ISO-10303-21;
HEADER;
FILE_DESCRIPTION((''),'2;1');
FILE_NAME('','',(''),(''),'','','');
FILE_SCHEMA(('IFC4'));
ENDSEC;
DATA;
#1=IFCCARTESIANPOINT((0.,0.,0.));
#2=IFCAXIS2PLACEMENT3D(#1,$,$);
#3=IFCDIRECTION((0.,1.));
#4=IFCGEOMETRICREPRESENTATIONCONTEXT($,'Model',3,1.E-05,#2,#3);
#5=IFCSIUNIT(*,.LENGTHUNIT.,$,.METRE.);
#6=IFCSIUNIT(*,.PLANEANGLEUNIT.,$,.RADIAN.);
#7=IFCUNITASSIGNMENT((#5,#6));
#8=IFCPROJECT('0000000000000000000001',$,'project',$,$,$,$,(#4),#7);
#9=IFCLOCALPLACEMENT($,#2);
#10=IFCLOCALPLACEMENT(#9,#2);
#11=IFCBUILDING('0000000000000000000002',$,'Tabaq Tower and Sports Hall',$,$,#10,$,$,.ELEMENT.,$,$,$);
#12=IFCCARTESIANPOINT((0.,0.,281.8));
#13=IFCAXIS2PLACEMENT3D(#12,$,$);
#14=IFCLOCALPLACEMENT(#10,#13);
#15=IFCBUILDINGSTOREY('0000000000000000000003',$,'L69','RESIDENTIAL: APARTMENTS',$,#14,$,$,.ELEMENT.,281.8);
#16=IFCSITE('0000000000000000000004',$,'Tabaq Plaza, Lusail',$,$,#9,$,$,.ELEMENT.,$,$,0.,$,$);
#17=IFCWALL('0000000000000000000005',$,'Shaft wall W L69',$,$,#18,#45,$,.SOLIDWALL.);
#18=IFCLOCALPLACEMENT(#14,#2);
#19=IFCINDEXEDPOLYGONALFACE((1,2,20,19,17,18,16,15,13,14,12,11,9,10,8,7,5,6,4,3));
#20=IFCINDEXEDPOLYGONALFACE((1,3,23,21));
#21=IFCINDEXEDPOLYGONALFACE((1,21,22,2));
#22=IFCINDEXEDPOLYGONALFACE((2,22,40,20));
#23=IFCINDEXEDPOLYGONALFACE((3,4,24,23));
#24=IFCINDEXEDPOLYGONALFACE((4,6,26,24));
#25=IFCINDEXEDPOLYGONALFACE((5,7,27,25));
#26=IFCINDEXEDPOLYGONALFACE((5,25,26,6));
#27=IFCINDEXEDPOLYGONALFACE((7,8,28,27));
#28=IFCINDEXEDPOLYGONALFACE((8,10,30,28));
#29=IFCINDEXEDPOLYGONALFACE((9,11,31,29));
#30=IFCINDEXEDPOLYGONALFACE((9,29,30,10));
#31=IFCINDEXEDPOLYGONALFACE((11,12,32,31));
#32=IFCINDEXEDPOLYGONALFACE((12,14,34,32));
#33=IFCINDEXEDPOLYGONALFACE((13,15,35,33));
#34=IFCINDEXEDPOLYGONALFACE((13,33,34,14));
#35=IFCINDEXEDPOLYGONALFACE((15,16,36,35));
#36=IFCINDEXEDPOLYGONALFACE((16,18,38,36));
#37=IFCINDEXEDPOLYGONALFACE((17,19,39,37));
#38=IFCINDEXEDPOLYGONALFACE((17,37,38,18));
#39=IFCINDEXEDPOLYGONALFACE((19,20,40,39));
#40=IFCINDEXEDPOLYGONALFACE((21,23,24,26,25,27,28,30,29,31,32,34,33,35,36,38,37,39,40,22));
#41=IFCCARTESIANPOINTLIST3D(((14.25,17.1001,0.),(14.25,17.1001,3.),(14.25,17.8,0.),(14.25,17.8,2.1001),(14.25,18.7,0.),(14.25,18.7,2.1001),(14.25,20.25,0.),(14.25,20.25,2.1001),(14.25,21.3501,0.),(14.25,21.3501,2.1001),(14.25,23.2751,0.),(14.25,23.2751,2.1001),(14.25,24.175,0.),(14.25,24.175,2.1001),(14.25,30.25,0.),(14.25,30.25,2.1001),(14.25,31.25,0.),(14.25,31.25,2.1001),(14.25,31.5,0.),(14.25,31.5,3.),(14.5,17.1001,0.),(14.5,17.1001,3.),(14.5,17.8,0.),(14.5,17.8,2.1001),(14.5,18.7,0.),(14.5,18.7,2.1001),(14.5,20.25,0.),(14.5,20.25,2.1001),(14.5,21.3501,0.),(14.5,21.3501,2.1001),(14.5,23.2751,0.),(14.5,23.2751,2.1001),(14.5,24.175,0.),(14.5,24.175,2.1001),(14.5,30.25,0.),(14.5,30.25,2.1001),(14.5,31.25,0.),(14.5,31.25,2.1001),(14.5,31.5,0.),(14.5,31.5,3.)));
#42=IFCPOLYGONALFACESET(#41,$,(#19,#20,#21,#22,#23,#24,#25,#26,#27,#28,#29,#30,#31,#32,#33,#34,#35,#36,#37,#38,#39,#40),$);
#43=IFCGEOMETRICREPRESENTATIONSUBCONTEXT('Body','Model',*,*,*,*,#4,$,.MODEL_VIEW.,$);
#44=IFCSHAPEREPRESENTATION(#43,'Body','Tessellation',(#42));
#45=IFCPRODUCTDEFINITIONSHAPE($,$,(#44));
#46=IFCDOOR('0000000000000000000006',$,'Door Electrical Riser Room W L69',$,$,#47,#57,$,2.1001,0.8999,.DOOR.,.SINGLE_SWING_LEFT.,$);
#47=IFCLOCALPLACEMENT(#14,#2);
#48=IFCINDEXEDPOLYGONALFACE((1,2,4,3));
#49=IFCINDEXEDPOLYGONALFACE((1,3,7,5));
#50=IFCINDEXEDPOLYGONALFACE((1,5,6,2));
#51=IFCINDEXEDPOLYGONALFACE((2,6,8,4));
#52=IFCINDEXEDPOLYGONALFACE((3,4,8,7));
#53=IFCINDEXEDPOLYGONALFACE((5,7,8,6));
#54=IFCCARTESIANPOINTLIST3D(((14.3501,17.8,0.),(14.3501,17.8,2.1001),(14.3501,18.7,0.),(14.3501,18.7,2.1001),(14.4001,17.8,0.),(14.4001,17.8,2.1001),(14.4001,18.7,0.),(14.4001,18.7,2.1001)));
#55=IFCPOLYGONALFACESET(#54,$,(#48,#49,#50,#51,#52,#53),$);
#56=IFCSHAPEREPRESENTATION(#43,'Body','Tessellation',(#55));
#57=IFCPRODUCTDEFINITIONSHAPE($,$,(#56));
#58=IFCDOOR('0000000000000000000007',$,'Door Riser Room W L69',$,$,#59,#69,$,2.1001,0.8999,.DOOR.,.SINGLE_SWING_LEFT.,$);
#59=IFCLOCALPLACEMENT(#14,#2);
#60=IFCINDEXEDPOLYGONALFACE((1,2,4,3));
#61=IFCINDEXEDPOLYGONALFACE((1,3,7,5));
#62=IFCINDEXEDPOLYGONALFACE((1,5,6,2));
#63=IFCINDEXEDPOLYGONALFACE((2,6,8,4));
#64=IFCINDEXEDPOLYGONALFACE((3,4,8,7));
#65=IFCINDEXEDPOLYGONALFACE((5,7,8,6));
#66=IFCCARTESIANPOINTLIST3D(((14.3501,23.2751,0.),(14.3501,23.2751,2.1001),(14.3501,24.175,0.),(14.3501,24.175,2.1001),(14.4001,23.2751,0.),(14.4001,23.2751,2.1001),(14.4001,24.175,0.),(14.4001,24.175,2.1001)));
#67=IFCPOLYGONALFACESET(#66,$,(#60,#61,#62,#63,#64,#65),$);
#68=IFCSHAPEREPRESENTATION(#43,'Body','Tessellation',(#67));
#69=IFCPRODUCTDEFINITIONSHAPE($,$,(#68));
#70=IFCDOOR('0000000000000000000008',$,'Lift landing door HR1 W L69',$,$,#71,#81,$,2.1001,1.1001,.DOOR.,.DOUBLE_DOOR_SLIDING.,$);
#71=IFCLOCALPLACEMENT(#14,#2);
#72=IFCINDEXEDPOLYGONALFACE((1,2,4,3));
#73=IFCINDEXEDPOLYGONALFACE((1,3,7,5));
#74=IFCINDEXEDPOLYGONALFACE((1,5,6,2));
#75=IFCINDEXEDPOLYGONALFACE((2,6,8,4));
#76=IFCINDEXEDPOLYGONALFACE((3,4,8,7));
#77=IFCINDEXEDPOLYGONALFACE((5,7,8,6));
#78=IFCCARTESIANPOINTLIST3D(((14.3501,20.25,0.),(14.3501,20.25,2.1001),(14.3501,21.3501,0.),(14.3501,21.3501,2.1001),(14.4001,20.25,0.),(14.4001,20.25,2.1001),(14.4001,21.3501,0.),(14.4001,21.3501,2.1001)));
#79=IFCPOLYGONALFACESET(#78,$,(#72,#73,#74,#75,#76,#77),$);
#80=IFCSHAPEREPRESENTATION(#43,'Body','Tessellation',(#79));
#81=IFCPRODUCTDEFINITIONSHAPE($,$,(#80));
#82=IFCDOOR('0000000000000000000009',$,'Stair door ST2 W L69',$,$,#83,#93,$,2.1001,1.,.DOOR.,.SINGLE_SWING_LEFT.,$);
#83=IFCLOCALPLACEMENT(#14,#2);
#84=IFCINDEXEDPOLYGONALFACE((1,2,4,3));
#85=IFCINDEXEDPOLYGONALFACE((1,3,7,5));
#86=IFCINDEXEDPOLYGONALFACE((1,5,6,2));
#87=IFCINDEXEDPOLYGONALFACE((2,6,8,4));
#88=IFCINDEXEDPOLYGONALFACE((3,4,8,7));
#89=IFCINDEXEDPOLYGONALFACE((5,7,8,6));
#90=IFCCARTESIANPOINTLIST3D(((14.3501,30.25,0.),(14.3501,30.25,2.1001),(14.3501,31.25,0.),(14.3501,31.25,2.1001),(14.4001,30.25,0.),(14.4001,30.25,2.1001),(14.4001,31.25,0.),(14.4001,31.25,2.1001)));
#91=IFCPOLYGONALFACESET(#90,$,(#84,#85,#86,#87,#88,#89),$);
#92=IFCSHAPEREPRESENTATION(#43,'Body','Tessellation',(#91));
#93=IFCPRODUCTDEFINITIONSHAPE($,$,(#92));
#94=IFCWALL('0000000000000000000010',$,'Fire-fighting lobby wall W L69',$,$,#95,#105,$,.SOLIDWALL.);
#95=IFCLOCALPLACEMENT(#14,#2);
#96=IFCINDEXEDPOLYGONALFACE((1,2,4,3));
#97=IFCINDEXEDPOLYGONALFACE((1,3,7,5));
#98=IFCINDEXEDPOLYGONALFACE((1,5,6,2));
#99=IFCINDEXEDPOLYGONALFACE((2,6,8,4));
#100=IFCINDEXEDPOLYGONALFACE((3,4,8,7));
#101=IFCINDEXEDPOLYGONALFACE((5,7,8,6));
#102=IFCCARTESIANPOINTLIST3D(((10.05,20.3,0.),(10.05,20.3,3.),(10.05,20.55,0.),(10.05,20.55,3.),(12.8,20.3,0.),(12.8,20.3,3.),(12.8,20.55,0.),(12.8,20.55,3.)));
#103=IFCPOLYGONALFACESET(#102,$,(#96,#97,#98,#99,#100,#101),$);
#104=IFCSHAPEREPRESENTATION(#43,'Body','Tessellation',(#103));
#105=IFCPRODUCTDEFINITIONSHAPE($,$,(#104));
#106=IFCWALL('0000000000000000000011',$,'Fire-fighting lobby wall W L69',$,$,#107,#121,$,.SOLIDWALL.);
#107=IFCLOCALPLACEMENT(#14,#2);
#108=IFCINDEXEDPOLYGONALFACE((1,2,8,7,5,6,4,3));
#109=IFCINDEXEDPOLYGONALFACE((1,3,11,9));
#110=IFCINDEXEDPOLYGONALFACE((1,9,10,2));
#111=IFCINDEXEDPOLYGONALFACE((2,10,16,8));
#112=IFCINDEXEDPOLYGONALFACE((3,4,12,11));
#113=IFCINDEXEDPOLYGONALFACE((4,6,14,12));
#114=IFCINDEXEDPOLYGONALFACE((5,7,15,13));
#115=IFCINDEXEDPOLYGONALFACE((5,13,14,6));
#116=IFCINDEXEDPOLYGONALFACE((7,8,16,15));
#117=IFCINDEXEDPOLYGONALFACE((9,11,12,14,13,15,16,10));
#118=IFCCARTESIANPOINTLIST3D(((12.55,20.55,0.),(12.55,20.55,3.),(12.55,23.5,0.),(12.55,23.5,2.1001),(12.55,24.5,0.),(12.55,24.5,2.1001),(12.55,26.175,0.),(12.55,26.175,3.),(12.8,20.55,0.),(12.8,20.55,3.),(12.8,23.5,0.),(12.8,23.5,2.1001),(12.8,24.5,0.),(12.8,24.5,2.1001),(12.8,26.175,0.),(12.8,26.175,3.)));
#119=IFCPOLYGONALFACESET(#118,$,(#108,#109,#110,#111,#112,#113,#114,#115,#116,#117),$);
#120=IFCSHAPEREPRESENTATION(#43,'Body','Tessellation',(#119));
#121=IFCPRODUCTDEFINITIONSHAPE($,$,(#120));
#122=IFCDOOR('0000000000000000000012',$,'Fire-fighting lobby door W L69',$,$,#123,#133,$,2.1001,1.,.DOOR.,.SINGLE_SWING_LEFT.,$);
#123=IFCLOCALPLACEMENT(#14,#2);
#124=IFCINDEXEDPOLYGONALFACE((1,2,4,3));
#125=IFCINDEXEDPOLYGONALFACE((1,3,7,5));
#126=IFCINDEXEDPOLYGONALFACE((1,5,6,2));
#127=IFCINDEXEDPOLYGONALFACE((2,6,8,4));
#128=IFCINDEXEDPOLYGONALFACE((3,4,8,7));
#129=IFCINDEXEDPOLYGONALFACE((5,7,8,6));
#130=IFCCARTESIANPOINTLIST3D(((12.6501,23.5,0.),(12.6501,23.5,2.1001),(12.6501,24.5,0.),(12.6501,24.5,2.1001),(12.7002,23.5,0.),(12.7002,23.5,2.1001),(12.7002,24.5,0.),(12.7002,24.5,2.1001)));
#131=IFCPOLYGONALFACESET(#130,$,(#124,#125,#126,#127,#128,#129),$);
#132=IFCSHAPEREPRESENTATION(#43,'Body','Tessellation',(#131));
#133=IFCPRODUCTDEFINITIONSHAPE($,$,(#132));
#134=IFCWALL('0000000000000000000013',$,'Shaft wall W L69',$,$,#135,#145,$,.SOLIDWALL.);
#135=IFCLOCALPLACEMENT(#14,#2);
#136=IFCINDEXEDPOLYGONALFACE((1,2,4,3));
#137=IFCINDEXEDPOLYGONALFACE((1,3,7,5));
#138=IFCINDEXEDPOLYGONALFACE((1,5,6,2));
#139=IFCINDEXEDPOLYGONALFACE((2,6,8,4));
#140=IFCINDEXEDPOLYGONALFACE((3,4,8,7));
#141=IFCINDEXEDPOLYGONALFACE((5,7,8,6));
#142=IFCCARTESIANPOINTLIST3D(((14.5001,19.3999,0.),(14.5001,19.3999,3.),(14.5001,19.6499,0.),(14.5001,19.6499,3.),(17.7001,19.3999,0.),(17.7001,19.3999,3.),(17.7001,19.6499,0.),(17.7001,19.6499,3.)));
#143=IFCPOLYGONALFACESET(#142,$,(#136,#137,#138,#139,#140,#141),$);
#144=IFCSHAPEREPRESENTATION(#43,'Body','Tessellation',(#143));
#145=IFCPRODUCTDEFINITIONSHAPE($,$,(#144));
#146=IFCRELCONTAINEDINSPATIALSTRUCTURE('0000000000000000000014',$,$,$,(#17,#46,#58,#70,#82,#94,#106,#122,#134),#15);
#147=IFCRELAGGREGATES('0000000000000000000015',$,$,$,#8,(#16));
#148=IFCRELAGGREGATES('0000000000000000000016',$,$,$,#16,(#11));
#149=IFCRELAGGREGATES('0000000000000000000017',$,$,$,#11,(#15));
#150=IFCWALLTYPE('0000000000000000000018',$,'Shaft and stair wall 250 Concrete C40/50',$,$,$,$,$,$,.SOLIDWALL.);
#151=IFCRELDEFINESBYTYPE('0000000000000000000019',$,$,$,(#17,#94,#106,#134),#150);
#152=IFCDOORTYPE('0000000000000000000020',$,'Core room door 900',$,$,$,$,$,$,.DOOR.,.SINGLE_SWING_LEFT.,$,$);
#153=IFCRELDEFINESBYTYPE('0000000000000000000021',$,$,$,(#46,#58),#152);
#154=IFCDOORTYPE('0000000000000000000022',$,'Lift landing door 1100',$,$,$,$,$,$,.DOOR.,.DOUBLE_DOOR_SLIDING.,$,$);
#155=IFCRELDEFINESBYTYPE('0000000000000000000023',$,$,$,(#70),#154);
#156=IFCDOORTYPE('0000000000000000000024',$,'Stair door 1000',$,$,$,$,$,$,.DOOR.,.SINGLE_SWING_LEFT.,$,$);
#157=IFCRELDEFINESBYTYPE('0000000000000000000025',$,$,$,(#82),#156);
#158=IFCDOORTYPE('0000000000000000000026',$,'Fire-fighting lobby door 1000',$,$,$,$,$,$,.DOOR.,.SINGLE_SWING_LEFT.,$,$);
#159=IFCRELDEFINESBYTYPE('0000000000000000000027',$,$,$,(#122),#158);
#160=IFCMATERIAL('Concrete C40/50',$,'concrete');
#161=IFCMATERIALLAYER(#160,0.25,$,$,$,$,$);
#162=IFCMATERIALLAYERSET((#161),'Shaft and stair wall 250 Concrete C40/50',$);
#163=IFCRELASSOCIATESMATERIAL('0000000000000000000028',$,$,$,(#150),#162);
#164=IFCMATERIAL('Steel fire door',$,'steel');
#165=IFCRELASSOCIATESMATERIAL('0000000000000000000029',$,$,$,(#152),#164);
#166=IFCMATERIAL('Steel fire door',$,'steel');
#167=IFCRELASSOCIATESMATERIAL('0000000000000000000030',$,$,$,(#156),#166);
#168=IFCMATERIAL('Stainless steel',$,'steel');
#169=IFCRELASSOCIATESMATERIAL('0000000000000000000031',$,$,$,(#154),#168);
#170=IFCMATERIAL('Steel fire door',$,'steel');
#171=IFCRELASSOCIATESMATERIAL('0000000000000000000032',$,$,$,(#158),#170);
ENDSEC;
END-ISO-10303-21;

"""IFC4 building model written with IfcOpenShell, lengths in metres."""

from ifc_helpers import new_model, si_unit, direction, frame, frame_2d, origin, place, context, subcontext, project, spatial, rectangle, extrude, material, layer, layer_set, type_object, element, fill, save


model = new_model("IFC4")

# Units and contexts
model_context = context("Model", 3, precision=1e-05, world=origin(), true_north=direction((0.0, 1.0)))
body_context = subcontext(model_context, "Body", "Model", "MODEL_VIEW")
ifc_project = project(units=[si_unit("LENGTHUNIT", "METRE"), si_unit("PLANEANGLEUNIT", "RADIAN")], contexts=[model_context])

# Site, building, storey
site_placement = place(None, origin())
site = spatial("IfcSite", under=ifc_project, at=site_placement, Name="Tabaq Plaza, Lusail", CompositionType="ELEMENT", RefElevation=0.0)
building_placement = place(site_placement, origin())
building = spatial("IfcBuilding", under=site, at=building_placement, Name="Tabaq Tower and Sports Hall", CompositionType="ELEMENT")
storey_placement = place(building_placement, frame((0.0, 0.0, 281.8)))
storey = spatial("IfcBuildingStorey", under=building, at=storey_placement, Name="L69", Description="RESIDENTIAL: APARTMENTS", CompositionType="ELEMENT", Elevation=281.8)

# Wall, openings, doors
ifc_material_1 = material(Name="Concrete C40/50", Category="concrete")
ifc_layer_1 = layer(ifc_material_1, 0.25)
ifc_layer_set_1 = layer_set([ifc_layer_1], Name="Shaft and stair wall 250 Concrete C40/50")
wall_type_1 = type_object("IfcWallType", Name="Shaft and stair wall 250 Concrete C40/50", PredefinedType="SOLIDWALL", material=ifc_layer_set_1)
ifc_material_2 = material(Name="Steel fire door", Category="steel")
door_type_1 = type_object("IfcDoorType", Name="Core room door 900", OperationType="SINGLE_SWING_LEFT", PredefinedType="DOOR", material=ifc_material_2)
ifc_material_3 = material(Name="Steel fire door", Category="steel")
door_type_2 = type_object("IfcDoorType", Name="Stair door 1000", OperationType="SINGLE_SWING_LEFT", PredefinedType="DOOR", material=ifc_material_3)
wall_1_placement = place(storey_placement, frame((14.375, 17.1001, 0.0), z_axis=(0.0, 0.0, 1.0), x_axis=(0.0, 1.0, 0.0)))
wall_1 = element("IfcWall", 1, at=wall_1_placement, inside=storey, type_object=wall_type_1, Name="Shaft wall W L69", PredefinedType="SOLIDWALL", context=body_context, shape_type="SweptSolid", body=[
    extrude(rectangle(XDim=14.3999, YDim=0.25, at=frame_2d((7.2, 0.0))), origin(), (0.0, 0.0, 1.0), 3.0),
])
opening_1_placement = place(wall_1_placement, frame((13.1499, 0.0, 0.0)))
opening_1 = element("IfcOpeningElement", 2, at=opening_1_placement, cuts=wall_1, PredefinedType="OPENING", context=body_context, shape_type="SweptSolid", body=[
    extrude(rectangle(XDim=1.0, YDim=2.1001, at=frame_2d((0.5, 1.05))), frame((0.0, 0.125, 0.0), z_axis=(0.0, -1.0, 0.0), x_axis=(1.0, 0.0, 0.0)), (0.0, 0.0, 1.0), 0.25),
])
opening_2_placement = place(wall_1_placement, frame((3.1499, 0.0, 0.0)))
opening_2 = element("IfcOpeningElement", 3, at=opening_2_placement, cuts=wall_1, PredefinedType="OPENING", context=body_context, shape_type="SweptSolid", body=[
    extrude(rectangle(XDim=1.1001, YDim=2.1001, at=frame_2d((0.55, 1.05))), frame((0.0, 0.125, 0.0), z_axis=(0.0, -1.0, 0.0), x_axis=(1.0, 0.0, 0.0)), (0.0, 0.0, 1.0), 0.25),
])
opening_3_placement = place(wall_1_placement, frame((0.7, 0.0, 0.0)))
opening_3 = element("IfcOpeningElement", 4, at=opening_3_placement, cuts=wall_1, PredefinedType="OPENING", context=body_context, shape_type="SweptSolid", body=[
    extrude(rectangle(XDim=0.8999, YDim=2.1001, at=frame_2d((0.45, 1.05))), frame((0.0, 0.125, 0.0), z_axis=(0.0, -1.0, 0.0), x_axis=(1.0, 0.0, 0.0)), (0.0, 0.0, 1.0), 0.25),
])
opening_4_placement = place(wall_1_placement, frame((6.175, 0.0, 0.0)))
opening_4 = element("IfcOpeningElement", 5, at=opening_4_placement, cuts=wall_1, PredefinedType="OPENING", context=body_context, shape_type="SweptSolid", body=[
    extrude(rectangle(XDim=0.8999, YDim=2.1001, at=frame_2d((0.45, 1.05))), frame((0.0, 0.125, 0.0), z_axis=(0.0, -1.0, 0.0), x_axis=(1.0, 0.0, 0.0)), (0.0, 0.0, 1.0), 0.25),
])
door_1_placement = place(opening_3_placement, origin())
door_1 = element("IfcDoor", 6, at=door_1_placement, inside=storey, type_object=door_type_1, Name="Door Electrical Riser Room W L69", OperationType="SINGLE_SWING_LEFT", OverallHeight=2.1001, OverallWidth=0.8999, PredefinedType="DOOR", context=body_context, shape_type="SweptSolid", body=[
    extrude(rectangle(XDim=0.8999, YDim=2.1001, at=frame_2d((0.45, 1.05))), frame((0.0, 0.0249, 0.0), z_axis=(0.0, -1.0, 0.0), x_axis=(1.0, 0.0, 0.0)), (0.0, 0.0, 1.0), 0.05),
])
fill(opening_3, door_1)
door_2_placement = place(opening_4_placement, origin())
door_2 = element("IfcDoor", 7, at=door_2_placement, inside=storey, type_object=door_type_1, Name="Door Riser Room W L69", OperationType="SINGLE_SWING_LEFT", OverallHeight=2.1001, OverallWidth=0.8999, PredefinedType="DOOR", context=body_context, shape_type="SweptSolid", body=[
    extrude(rectangle(XDim=0.8999, YDim=2.1001, at=frame_2d((0.45, 1.05))), frame((0.0, 0.0249, 0.0), z_axis=(0.0, -1.0, 0.0), x_axis=(1.0, 0.0, 0.0)), (0.0, 0.0, 1.0), 0.05),
])
fill(opening_4, door_2)
ifc_material_4 = material(Name="Stainless steel", Category="steel")
door_type_3 = type_object("IfcDoorType", Name="Lift landing door 1100", OperationType="DOUBLE_DOOR_SLIDING", PredefinedType="DOOR", material=ifc_material_4)
door_3_placement = place(opening_2_placement, origin())
door_3 = element("IfcDoor", 8, at=door_3_placement, inside=storey, type_object=door_type_3, Name="Lift landing door HR1 W L69", OperationType="DOUBLE_DOOR_SLIDING", OverallHeight=2.1001, OverallWidth=1.1001, PredefinedType="DOOR", context=body_context, shape_type="SweptSolid", body=[
    extrude(rectangle(XDim=1.1001, YDim=2.1001, at=frame_2d((0.55, 1.05))), frame((0.0, 0.0249, 0.0), z_axis=(0.0, -1.0, 0.0), x_axis=(1.0, 0.0, 0.0)), (0.0, 0.0, 1.0), 0.05),
])
fill(opening_2, door_3)
door_4_placement = place(opening_1_placement, origin())
door_4 = element("IfcDoor", 9, at=door_4_placement, inside=storey, type_object=door_type_2, Name="Stair door ST2 W L69", OperationType="SINGLE_SWING_LEFT", OverallHeight=2.1001, OverallWidth=1.0, PredefinedType="DOOR", context=body_context, shape_type="SweptSolid", body=[
    extrude(rectangle(XDim=1.0, YDim=2.1001, at=frame_2d((0.5, 1.05))), frame((0.0, 0.0249, 0.0), z_axis=(0.0, -1.0, 0.0), x_axis=(1.0, 0.0, 0.0)), (0.0, 0.0, 1.0), 0.05),
])
fill(opening_1, door_4)

# Wall
wall_2_placement = place(storey_placement, frame((10.05, 20.425, 0.0), z_axis=(0.0, 0.0, 1.0), x_axis=(1.0, 0.0, 0.0)))
element("IfcWall", 10, at=wall_2_placement, inside=storey, type_object=wall_type_1, Name="Fire-fighting lobby wall W L69", PredefinedType="SOLIDWALL", context=body_context, shape_type="SweptSolid", body=[
    extrude(rectangle(XDim=2.75, YDim=0.25, at=frame_2d((1.375, 0.0))), origin(), (0.0, 0.0, 1.0), 3.0),
])

# Wall, opening, door
wall_3_placement = place(storey_placement, frame((12.675, 20.55, 0.0), z_axis=(0.0, 0.0, 1.0), x_axis=(0.0, 1.0, 0.0)))
wall_3 = element("IfcWall", 11, at=wall_3_placement, inside=storey, type_object=wall_type_1, Name="Fire-fighting lobby wall W L69", PredefinedType="SOLIDWALL", context=body_context, shape_type="SweptSolid", body=[
    extrude(rectangle(XDim=5.625, YDim=0.25, at=frame_2d((2.8125, 0.0))), origin(), (0.0, 0.0, 1.0), 3.0),
])
opening_5_placement = place(wall_3_placement, frame((2.95, 0.0, 0.0)))
opening_5 = element("IfcOpeningElement", 12, at=opening_5_placement, cuts=wall_3, PredefinedType="OPENING", context=body_context, shape_type="SweptSolid", body=[
    extrude(rectangle(XDim=1.0, YDim=2.1001, at=frame_2d((0.5, 1.05))), frame((0.0, 0.125, 0.0), z_axis=(0.0, -1.0, 0.0), x_axis=(1.0, 0.0, 0.0)), (0.0, 0.0, 1.0), 0.25),
])
ifc_material_5 = material(Name="Steel fire door", Category="steel")
door_type_4 = type_object("IfcDoorType", Name="Fire-fighting lobby door 1000", OperationType="SINGLE_SWING_LEFT", PredefinedType="DOOR", material=ifc_material_5)
door_5_placement = place(opening_5_placement, origin())
door_5 = element("IfcDoor", 13, at=door_5_placement, inside=storey, type_object=door_type_4, Name="Fire-fighting lobby door W L69", OperationType="SINGLE_SWING_LEFT", OverallHeight=2.1001, OverallWidth=1.0, PredefinedType="DOOR", context=body_context, shape_type="SweptSolid", body=[
    extrude(rectangle(XDim=1.0, YDim=2.1001, at=frame_2d((0.5, 1.05))), frame((0.0, 0.0249, 0.0), z_axis=(0.0, -1.0, 0.0), x_axis=(1.0, 0.0, 0.0)), (0.0, 0.0, 1.0), 0.05),
])
fill(opening_5, door_5)

# Wall
wall_4_placement = place(storey_placement, frame((14.5, 19.5249, 0.0), z_axis=(0.0, 0.0, 1.0), x_axis=(1.0, 0.0, 0.0)))
element("IfcWall", 14, at=wall_4_placement, inside=storey, type_object=wall_type_1, Name="Shaft wall W L69", PredefinedType="SOLIDWALL", context=body_context, shape_type="SweptSolid", body=[
    extrude(rectangle(XDim=3.2, YDim=0.25, at=frame_2d((1.6001, 0.0))), origin(), (0.0, 0.0, 1.0), 3.0),
])

save(model, "model.ifc")
